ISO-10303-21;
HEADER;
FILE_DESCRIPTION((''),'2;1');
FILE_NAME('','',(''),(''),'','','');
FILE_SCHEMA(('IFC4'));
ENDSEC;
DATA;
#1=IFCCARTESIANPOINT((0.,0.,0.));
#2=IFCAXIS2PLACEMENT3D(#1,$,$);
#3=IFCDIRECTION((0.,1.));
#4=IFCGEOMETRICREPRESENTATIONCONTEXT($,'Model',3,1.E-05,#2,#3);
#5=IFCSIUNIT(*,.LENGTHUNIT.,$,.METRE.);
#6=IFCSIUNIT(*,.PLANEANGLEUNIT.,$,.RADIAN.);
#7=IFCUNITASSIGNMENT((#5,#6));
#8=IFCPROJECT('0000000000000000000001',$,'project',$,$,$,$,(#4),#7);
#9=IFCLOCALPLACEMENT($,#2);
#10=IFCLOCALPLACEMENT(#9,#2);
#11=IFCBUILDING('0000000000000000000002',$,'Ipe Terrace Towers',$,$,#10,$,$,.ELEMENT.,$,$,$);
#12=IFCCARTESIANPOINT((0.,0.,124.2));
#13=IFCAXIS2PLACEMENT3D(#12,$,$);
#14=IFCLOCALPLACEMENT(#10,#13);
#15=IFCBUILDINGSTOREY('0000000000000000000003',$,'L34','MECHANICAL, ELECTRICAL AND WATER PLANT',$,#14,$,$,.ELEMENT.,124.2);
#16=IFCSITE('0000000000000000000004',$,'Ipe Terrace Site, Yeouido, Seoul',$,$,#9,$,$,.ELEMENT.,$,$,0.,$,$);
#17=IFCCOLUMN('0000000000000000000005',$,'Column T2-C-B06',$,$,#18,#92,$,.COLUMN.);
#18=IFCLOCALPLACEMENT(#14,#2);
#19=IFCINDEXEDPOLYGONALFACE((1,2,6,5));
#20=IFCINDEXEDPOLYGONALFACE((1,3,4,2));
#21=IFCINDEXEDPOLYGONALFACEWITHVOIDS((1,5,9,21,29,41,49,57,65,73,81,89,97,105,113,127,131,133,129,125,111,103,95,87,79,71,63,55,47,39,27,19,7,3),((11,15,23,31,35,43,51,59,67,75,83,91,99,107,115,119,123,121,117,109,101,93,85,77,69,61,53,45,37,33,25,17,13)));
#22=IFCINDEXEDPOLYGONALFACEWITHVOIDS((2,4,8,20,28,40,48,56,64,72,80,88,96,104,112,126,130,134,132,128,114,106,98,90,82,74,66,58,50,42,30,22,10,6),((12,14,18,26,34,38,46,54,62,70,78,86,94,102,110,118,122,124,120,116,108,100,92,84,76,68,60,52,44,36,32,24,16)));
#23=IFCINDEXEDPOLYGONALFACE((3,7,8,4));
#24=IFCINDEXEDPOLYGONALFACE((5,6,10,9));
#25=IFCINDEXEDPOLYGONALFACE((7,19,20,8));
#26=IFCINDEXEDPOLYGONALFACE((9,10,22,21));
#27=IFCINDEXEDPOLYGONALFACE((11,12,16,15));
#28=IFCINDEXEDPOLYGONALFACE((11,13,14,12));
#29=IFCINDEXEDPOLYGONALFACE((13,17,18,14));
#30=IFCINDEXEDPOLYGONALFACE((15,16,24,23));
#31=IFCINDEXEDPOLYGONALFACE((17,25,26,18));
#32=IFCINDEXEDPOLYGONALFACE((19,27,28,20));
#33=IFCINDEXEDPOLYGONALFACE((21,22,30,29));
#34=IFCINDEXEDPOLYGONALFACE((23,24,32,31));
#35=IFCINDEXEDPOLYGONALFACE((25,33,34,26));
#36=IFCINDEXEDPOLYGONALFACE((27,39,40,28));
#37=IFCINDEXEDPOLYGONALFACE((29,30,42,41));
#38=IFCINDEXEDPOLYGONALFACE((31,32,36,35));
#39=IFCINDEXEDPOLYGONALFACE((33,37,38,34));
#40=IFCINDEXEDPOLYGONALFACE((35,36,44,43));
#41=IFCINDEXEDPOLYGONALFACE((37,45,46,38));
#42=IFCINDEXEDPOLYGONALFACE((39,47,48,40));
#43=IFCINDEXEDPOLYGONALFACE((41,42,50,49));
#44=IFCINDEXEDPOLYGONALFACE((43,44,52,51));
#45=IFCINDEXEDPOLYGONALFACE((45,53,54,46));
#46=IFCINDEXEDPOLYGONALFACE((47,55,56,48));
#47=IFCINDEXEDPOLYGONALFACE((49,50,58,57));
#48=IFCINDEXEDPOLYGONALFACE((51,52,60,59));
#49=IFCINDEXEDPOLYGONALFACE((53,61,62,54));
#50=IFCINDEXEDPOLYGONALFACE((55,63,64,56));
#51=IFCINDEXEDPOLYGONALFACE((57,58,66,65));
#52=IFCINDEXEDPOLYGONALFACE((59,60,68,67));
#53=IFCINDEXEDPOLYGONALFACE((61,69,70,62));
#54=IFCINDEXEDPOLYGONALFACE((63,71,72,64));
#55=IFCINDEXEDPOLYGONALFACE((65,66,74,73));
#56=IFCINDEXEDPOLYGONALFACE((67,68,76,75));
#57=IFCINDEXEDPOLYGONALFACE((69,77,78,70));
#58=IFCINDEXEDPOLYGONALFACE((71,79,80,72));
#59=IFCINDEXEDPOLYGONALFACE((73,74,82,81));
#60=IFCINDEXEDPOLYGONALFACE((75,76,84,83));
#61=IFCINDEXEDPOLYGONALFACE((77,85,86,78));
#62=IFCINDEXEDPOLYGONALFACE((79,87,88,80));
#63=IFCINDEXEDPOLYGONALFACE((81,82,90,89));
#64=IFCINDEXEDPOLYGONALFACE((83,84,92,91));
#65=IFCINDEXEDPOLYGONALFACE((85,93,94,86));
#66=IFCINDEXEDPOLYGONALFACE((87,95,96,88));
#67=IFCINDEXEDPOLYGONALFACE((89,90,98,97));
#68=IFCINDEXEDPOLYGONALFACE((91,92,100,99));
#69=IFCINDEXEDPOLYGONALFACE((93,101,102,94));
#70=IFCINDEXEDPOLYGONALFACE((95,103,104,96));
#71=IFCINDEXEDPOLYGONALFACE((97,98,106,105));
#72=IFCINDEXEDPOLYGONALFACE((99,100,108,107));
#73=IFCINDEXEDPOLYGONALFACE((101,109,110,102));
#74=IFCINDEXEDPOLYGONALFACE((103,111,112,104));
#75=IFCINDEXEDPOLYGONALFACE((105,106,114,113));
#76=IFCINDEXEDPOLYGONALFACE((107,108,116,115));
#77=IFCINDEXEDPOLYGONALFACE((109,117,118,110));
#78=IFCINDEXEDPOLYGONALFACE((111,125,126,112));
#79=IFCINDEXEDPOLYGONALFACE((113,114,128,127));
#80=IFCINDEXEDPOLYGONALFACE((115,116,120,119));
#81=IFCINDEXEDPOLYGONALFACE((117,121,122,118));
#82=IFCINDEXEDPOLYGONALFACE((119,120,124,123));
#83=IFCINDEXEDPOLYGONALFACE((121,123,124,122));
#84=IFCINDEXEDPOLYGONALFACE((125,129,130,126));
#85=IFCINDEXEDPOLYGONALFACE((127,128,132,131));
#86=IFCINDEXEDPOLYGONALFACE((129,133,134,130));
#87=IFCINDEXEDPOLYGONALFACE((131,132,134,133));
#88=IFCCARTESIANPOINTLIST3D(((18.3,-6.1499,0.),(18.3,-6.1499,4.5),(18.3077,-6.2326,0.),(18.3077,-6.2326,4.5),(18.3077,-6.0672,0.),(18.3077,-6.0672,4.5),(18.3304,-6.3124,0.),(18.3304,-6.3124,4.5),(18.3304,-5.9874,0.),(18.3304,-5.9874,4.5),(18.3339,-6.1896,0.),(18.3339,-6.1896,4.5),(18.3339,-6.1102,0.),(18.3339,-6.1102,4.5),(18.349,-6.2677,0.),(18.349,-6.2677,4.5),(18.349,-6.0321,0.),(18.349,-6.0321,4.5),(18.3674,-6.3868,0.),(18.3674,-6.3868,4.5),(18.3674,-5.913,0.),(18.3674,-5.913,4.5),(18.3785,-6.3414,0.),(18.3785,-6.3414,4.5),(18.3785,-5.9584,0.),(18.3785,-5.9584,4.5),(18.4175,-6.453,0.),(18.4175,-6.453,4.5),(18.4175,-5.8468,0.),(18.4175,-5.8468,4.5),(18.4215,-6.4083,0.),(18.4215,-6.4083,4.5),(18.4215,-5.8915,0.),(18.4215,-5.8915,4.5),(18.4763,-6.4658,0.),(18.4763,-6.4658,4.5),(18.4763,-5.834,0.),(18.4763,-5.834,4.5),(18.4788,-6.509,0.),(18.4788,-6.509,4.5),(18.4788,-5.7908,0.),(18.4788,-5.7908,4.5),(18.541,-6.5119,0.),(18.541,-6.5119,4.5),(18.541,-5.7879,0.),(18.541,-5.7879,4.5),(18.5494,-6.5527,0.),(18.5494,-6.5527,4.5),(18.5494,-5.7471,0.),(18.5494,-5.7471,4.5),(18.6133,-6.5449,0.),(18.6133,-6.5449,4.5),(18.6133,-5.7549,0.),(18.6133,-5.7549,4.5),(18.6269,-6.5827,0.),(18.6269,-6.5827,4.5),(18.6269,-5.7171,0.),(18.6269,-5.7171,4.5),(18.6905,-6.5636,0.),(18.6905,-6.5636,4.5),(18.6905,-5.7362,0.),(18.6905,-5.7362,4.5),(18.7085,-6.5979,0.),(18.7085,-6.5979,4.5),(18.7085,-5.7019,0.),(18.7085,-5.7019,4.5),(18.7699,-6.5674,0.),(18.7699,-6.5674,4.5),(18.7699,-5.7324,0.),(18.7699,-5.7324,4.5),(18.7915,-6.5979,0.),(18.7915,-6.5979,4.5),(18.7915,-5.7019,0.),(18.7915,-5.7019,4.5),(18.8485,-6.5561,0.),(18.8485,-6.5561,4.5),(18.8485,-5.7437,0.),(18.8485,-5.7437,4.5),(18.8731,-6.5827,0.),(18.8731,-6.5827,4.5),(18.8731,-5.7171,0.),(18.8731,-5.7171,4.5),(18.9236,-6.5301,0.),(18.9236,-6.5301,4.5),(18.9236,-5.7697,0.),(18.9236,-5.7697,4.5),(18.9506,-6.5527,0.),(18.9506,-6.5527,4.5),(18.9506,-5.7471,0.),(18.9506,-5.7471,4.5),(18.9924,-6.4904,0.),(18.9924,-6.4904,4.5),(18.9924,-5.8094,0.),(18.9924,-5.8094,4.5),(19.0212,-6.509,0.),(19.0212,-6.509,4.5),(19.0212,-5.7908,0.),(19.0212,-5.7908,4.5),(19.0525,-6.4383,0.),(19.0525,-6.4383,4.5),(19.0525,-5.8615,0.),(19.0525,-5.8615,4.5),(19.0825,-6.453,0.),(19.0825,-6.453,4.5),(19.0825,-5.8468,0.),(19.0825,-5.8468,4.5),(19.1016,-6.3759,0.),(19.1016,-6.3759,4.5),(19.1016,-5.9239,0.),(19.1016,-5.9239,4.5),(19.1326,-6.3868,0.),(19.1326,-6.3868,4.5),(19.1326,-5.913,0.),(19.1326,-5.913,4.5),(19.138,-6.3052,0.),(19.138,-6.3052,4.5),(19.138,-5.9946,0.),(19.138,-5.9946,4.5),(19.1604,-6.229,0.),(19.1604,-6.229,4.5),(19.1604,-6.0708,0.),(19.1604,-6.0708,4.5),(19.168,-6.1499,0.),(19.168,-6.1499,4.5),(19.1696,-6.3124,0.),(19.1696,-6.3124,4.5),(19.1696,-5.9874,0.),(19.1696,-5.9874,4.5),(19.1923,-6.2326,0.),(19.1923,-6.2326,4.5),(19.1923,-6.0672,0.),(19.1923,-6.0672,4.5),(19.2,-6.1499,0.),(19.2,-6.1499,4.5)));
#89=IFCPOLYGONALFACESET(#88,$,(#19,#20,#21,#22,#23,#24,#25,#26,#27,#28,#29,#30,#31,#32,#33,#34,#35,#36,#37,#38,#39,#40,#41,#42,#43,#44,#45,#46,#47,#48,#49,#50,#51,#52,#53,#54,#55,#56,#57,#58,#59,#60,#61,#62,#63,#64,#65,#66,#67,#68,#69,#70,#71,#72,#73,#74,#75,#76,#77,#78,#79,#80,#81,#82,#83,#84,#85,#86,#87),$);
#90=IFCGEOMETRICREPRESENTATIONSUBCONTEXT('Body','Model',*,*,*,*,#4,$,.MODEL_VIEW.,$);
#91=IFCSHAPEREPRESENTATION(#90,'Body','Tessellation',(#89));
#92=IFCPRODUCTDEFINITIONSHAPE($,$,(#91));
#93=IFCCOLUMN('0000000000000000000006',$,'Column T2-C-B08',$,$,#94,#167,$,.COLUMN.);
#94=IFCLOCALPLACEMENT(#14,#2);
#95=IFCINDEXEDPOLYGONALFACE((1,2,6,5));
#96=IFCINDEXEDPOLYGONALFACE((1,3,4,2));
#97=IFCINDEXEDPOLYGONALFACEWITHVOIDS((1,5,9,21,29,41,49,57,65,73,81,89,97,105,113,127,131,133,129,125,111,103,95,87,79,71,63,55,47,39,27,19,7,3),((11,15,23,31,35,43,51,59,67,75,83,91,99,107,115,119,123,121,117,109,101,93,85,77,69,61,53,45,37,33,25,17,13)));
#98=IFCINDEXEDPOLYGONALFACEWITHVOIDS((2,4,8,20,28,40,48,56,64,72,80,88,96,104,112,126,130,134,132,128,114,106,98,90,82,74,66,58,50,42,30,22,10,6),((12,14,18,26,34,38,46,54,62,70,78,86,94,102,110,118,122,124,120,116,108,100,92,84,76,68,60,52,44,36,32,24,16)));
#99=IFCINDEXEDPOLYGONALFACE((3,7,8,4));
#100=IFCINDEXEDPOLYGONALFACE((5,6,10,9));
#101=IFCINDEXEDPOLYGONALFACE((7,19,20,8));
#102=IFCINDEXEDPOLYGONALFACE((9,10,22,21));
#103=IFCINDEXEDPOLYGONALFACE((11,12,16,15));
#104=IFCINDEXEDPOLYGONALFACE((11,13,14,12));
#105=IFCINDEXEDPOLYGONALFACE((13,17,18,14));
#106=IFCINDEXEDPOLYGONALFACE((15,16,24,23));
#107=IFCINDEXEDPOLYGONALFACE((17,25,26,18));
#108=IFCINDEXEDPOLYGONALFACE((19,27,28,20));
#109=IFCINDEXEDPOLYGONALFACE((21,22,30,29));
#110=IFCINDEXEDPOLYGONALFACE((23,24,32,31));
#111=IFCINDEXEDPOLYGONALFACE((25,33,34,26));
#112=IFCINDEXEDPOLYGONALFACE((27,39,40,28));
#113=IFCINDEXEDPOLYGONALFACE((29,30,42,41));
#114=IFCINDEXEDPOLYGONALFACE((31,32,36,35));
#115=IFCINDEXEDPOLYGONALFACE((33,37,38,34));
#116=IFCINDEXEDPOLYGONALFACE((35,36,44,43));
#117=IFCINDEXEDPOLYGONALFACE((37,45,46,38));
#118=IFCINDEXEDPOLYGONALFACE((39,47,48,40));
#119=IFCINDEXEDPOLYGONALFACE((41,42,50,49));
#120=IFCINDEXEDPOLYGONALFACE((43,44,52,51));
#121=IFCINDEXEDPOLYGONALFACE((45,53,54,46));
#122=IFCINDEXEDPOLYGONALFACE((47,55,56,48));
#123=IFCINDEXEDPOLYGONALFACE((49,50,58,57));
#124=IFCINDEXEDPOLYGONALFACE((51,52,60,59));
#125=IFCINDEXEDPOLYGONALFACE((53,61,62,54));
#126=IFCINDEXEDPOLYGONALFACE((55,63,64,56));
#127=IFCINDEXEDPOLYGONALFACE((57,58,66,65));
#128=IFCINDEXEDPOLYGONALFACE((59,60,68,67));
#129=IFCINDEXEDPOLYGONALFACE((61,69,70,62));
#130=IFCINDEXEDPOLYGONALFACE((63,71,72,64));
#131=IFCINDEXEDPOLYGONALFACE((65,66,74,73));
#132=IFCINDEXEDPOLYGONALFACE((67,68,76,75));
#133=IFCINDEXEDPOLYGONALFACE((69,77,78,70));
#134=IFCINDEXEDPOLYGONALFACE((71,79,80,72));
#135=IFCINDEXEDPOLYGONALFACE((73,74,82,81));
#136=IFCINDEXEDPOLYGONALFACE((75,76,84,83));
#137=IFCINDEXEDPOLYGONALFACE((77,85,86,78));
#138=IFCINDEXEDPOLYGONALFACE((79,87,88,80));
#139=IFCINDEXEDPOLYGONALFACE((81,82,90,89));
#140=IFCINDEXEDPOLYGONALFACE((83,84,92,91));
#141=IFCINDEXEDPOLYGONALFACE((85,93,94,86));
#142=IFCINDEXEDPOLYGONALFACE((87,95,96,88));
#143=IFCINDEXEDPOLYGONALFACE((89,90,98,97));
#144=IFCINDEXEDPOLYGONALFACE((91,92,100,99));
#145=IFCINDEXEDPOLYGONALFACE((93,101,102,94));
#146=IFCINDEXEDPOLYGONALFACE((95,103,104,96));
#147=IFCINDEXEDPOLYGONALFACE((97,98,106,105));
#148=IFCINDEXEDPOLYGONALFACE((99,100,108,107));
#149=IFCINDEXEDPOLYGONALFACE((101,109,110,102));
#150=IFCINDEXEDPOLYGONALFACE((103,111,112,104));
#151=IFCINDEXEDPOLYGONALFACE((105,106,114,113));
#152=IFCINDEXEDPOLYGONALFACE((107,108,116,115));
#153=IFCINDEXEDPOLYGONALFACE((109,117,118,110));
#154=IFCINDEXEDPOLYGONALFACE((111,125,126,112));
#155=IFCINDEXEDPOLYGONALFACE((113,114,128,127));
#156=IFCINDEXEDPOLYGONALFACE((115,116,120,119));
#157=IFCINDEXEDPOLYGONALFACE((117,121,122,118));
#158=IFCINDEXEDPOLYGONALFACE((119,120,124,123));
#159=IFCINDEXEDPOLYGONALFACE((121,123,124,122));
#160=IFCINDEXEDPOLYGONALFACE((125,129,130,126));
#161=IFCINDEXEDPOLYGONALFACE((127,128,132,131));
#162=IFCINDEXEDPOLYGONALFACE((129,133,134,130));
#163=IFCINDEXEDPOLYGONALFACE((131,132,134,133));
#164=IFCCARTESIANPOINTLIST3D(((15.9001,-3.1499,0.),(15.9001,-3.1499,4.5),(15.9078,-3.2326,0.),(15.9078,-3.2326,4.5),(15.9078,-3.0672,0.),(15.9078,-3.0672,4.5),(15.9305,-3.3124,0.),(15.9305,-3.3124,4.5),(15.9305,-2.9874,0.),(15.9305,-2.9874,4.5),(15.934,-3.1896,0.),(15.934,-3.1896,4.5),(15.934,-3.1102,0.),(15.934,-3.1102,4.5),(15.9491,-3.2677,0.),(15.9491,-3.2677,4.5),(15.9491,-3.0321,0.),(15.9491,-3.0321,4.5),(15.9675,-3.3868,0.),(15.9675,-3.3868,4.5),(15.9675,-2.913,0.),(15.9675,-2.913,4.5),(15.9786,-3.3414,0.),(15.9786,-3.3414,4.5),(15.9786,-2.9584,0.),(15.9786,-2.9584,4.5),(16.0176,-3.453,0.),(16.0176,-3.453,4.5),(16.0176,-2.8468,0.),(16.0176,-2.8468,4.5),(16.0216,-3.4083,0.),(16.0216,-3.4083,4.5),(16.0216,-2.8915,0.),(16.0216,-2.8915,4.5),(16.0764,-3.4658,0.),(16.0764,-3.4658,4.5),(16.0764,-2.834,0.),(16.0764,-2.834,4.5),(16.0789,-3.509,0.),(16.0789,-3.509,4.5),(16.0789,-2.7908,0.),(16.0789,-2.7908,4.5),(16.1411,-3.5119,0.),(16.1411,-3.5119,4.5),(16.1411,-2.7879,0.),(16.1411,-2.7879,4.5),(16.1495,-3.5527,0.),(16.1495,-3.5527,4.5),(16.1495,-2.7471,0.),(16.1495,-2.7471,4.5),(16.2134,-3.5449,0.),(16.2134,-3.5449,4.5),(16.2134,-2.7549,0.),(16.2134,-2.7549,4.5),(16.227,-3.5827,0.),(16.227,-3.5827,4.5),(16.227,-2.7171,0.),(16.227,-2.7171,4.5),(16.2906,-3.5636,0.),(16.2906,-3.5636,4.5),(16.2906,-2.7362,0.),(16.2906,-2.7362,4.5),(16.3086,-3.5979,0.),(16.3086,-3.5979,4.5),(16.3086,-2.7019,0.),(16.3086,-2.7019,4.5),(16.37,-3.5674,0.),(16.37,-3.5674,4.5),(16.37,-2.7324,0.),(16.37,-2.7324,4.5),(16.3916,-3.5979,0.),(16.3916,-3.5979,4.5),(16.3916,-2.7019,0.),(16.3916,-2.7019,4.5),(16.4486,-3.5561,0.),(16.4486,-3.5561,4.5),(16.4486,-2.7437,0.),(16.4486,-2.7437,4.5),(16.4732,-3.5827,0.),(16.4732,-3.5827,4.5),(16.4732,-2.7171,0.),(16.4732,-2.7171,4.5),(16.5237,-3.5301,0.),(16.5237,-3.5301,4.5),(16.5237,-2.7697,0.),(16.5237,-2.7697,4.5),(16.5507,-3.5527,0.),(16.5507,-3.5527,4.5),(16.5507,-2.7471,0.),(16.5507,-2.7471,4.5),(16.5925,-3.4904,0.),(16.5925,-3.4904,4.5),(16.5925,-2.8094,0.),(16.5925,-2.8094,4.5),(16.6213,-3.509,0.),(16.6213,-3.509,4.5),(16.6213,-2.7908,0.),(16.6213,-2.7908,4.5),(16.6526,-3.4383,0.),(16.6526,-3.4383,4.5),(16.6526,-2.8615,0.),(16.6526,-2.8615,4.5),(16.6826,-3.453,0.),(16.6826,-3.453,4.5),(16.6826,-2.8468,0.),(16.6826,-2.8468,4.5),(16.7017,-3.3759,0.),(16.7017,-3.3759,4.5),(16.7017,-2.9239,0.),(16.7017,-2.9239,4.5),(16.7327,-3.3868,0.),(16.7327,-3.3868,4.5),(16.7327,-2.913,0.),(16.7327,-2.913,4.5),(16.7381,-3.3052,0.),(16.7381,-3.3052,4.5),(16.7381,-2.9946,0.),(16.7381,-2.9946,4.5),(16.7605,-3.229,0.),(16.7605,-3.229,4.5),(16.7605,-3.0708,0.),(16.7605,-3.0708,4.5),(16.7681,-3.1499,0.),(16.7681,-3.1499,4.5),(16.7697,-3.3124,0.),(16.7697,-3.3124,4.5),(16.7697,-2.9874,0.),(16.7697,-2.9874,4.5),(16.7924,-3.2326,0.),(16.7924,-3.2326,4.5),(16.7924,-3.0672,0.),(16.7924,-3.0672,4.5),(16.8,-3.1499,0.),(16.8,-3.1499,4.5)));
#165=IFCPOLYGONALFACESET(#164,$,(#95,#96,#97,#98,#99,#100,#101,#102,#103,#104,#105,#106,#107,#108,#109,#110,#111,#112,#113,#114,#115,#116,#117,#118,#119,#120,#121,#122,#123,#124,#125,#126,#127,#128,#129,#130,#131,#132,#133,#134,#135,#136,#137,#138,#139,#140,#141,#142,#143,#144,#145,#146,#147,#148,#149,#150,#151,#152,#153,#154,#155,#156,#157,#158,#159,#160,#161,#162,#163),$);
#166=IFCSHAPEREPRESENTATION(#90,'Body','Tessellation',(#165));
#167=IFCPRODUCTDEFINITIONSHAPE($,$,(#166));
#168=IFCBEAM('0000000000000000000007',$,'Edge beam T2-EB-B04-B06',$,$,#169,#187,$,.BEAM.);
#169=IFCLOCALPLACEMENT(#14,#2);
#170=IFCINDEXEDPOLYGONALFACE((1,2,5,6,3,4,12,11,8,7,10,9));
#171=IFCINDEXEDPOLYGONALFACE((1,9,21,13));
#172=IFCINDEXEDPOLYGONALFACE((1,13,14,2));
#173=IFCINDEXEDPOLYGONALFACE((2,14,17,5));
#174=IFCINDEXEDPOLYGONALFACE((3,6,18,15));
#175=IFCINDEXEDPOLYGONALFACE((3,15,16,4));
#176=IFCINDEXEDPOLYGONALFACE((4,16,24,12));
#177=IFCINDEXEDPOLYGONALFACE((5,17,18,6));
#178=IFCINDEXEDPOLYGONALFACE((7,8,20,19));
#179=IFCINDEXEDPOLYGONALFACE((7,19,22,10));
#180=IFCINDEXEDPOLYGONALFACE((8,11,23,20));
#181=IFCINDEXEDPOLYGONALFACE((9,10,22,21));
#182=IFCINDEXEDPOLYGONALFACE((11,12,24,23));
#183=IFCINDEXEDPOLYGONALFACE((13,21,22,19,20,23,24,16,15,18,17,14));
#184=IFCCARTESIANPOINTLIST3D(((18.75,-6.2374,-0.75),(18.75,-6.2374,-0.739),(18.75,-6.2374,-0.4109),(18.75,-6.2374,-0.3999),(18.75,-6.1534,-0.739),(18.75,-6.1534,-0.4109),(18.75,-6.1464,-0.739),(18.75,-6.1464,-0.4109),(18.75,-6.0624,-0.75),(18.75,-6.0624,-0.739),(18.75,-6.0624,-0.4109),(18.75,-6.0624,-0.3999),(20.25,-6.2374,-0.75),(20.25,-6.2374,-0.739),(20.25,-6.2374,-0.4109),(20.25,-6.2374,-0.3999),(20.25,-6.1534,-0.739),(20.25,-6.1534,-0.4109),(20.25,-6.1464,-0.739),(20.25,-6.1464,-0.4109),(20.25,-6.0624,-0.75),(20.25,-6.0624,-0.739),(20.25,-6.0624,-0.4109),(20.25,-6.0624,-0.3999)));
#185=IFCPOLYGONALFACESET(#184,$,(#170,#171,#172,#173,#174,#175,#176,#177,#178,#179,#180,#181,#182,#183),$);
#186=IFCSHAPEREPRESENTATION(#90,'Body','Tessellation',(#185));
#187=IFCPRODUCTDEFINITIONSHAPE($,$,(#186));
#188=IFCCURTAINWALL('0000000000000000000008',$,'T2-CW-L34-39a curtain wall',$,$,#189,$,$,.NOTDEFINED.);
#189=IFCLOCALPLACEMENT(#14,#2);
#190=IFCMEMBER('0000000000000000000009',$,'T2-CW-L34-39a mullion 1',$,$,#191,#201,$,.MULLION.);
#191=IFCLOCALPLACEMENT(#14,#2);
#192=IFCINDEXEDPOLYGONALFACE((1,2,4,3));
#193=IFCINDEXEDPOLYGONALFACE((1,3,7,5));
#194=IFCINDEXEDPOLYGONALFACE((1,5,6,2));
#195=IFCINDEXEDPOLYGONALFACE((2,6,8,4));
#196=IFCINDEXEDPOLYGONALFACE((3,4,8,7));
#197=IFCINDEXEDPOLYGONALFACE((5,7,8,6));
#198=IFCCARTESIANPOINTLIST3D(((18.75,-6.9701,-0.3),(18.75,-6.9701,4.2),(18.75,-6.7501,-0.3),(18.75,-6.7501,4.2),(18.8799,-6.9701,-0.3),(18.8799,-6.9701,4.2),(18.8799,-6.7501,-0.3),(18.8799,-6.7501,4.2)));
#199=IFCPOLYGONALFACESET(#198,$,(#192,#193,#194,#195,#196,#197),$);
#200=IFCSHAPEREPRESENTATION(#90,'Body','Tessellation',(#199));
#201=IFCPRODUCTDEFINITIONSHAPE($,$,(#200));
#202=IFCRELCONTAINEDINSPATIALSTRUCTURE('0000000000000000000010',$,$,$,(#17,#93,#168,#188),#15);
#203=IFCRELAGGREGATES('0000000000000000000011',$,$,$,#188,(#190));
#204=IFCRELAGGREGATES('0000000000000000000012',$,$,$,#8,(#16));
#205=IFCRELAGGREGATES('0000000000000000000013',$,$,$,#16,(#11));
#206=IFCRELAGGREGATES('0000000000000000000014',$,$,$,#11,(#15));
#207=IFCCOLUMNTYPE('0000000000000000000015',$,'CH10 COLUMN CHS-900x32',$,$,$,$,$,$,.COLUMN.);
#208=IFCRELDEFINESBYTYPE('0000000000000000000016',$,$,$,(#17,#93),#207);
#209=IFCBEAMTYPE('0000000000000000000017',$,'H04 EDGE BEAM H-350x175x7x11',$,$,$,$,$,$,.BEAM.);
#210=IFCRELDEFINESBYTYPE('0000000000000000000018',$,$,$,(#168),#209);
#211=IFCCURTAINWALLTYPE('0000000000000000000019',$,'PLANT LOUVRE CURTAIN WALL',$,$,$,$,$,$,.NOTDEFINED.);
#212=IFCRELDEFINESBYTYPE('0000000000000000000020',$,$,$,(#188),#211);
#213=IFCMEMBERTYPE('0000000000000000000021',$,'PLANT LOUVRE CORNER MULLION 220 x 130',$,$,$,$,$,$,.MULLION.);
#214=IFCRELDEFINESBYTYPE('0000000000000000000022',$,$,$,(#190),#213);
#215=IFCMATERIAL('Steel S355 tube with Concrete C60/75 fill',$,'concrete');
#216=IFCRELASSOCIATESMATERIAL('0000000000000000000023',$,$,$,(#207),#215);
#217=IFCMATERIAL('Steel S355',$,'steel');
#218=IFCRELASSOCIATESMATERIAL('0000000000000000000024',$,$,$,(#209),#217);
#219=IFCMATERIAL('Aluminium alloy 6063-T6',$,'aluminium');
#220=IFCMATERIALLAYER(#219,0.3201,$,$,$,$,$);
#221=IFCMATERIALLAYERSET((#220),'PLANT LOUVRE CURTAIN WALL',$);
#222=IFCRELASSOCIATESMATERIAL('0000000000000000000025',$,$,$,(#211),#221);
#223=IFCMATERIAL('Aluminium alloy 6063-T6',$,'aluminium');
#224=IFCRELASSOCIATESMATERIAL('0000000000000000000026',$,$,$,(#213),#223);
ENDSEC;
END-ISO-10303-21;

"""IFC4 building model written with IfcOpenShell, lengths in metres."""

from ifc_helpers import new_model, si_unit, direction, frame, origin, origin_2d, place, context, subcontext, project, spatial, rectangle, hollow_circle, i_section, extrude, material, layer, layer_set, material_profile, profile_set, type_object, element, aggregate, save


model = new_model("IFC4")

# Units and contexts
model_context = context("Model", 3, precision=1e-05, world=origin(), true_north=direction((0.0, 1.0)))
body_context = subcontext(model_context, "Body", "Model", "MODEL_VIEW")
ifc_project = project(units=[si_unit("LENGTHUNIT", "METRE"), si_unit("PLANEANGLEUNIT", "RADIAN")], contexts=[model_context])

# Site, building, storey
site_placement = place(None, origin())
site = spatial("IfcSite", under=ifc_project, at=site_placement, Name="Ipe Terrace Site, Yeouido, Seoul", CompositionType="ELEMENT", RefElevation=0.0)
building_placement = place(site_placement, origin())
building = spatial("IfcBuilding", under=site, at=building_placement, Name="Ipe Terrace Towers", CompositionType="ELEMENT")
storey_placement = place(building_placement, frame((0.0, 0.0, 124.2)))
storey = spatial("IfcBuildingStorey", under=building, at=storey_placement, Name="L34", Description="MECHANICAL, ELECTRICAL AND WATER PLANT", CompositionType="ELEMENT", Elevation=124.2)

# Columns
ifc_material_1 = material(Name="Steel S355 tube with Concrete C60/75 fill", Category="concrete")
ifc_material_profile_1 = material_profile(ifc_material_1, hollow_circle(Radius=0.45, WallThickness=0.032, at=origin_2d()), Name="CHS-900x32")
ifc_profile_set_1 = profile_set([ifc_material_profile_1], Name="Steel S355 tube with Concrete C60/75 fill")
column_type_1 = type_object("IfcColumnType", Name="CH10 COLUMN CHS-900x32", PredefinedType="COLUMN", material=ifc_profile_set_1)
for number, where, z_axis, x_axis, name in (
    (1, (18.75, -6.1499, 0.0), (0.0, 0.0, 1.0), (1.0, 0.0, 0.0), "Column T2-C-B06"),
    (2, (16.3501, -3.1499, 0.0), (0.0, 0.0, 1.0), (1.0, 0.0, 0.0), "Column T2-C-B08"),
):
    element("IfcColumn", number, at=place(storey_placement, frame(where, z_axis=z_axis, x_axis=x_axis)), inside=storey, type_object=column_type_1, Name=name, PredefinedType="COLUMN", context=body_context, shape_type="SweptSolid", body=[
        extrude(hollow_circle(Radius=0.45, WallThickness=0.032, at=origin_2d()), origin(), (0.0, 0.0, 1.0), 4.5),
    ])

# Beam
ifc_material_2 = material(Name="Steel S355", Category="steel")
ifc_material_profile_2 = material_profile(ifc_material_2, i_section(OverallWidth=0.175, OverallDepth=0.3501, WebThickness=0.0071, FlangeThickness=0.011, at=origin_2d()), Name="H-350x175x7x11")
ifc_profile_set_2 = profile_set([ifc_material_profile_2], Name="Steel S355")
beam_type = type_object("IfcBeamType", Name="H04 EDGE BEAM H-350x175x7x11", PredefinedType="BEAM", material=ifc_profile_set_2)
beam_placement = place(storey_placement, frame((20.25, -6.1499, -0.575), z_axis=(-1.0, 0.0, 0.0), x_axis=(0.0, -1.0, 0.0)))
element("IfcBeam", 3, at=beam_placement, inside=storey, type_object=beam_type, Name="Edge beam T2-EB-B04-B06", PredefinedType="BEAM", context=body_context, shape_type="SweptSolid", body=[
    extrude(i_section(OverallWidth=0.175, OverallDepth=0.3501, WebThickness=0.0071, FlangeThickness=0.011, at=origin_2d()), origin(), (0.0, 0.0, 1.0), 1.5),
])

# Curtain wall, member
ifc_material_3 = material(Name="Aluminium alloy 6063-T6", Category="aluminium")
ifc_layer_1 = layer(ifc_material_3, 0.3201)
ifc_layer_set_1 = layer_set([ifc_layer_1], Name="PLANT LOUVRE CURTAIN WALL")
curtain_wall_type = type_object("IfcCurtainWallType", Name="PLANT LOUVRE CURTAIN WALL", PredefinedType="NOTDEFINED", material=ifc_layer_set_1)
curtain_wall_1_placement = place(storey_placement, origin())
curtain_wall_1 = element("IfcCurtainWall", 4, at=curtain_wall_1_placement, inside=storey, type_object=curtain_wall_type, Name="T2-CW-L34-39a curtain wall", PredefinedType="NOTDEFINED")
ifc_material_4 = material(Name="Aluminium alloy 6063-T6", Category="aluminium")
ifc_material_profile_3 = material_profile(ifc_material_4, rectangle(XDim=0.22, YDim=0.1299, at=origin_2d()), Name="PLANT LOUVRE CORNER MULLION 220 x 130")
ifc_profile_set_3 = profile_set([ifc_material_profile_3], Name="Aluminium alloy 6063-T6")
member_type_1 = type_object("IfcMemberType", Name="PLANT LOUVRE CORNER MULLION 220 x 130", PredefinedType="MULLION", material=ifc_profile_set_3)
member_1_placement = place(storey_placement, frame((18.8149, -6.8601, -0.3), z_axis=(0.0, 0.0, 1.0), x_axis=(0.0, -1.0, 0.0)))
member_1 = element("IfcMember", 5, at=member_1_placement, type_object=member_type_1, Name="T2-CW-L34-39a mullion 1", PredefinedType="MULLION", context=body_context, shape_type="SweptSolid", body=[
    extrude(rectangle(XDim=0.22, YDim=0.1299, at=origin_2d()), origin(), (0.0, 0.0, 1.0), 4.5),
])

aggregate(curtain_wall_1, [member_1])

save(model, "model.ifc")
